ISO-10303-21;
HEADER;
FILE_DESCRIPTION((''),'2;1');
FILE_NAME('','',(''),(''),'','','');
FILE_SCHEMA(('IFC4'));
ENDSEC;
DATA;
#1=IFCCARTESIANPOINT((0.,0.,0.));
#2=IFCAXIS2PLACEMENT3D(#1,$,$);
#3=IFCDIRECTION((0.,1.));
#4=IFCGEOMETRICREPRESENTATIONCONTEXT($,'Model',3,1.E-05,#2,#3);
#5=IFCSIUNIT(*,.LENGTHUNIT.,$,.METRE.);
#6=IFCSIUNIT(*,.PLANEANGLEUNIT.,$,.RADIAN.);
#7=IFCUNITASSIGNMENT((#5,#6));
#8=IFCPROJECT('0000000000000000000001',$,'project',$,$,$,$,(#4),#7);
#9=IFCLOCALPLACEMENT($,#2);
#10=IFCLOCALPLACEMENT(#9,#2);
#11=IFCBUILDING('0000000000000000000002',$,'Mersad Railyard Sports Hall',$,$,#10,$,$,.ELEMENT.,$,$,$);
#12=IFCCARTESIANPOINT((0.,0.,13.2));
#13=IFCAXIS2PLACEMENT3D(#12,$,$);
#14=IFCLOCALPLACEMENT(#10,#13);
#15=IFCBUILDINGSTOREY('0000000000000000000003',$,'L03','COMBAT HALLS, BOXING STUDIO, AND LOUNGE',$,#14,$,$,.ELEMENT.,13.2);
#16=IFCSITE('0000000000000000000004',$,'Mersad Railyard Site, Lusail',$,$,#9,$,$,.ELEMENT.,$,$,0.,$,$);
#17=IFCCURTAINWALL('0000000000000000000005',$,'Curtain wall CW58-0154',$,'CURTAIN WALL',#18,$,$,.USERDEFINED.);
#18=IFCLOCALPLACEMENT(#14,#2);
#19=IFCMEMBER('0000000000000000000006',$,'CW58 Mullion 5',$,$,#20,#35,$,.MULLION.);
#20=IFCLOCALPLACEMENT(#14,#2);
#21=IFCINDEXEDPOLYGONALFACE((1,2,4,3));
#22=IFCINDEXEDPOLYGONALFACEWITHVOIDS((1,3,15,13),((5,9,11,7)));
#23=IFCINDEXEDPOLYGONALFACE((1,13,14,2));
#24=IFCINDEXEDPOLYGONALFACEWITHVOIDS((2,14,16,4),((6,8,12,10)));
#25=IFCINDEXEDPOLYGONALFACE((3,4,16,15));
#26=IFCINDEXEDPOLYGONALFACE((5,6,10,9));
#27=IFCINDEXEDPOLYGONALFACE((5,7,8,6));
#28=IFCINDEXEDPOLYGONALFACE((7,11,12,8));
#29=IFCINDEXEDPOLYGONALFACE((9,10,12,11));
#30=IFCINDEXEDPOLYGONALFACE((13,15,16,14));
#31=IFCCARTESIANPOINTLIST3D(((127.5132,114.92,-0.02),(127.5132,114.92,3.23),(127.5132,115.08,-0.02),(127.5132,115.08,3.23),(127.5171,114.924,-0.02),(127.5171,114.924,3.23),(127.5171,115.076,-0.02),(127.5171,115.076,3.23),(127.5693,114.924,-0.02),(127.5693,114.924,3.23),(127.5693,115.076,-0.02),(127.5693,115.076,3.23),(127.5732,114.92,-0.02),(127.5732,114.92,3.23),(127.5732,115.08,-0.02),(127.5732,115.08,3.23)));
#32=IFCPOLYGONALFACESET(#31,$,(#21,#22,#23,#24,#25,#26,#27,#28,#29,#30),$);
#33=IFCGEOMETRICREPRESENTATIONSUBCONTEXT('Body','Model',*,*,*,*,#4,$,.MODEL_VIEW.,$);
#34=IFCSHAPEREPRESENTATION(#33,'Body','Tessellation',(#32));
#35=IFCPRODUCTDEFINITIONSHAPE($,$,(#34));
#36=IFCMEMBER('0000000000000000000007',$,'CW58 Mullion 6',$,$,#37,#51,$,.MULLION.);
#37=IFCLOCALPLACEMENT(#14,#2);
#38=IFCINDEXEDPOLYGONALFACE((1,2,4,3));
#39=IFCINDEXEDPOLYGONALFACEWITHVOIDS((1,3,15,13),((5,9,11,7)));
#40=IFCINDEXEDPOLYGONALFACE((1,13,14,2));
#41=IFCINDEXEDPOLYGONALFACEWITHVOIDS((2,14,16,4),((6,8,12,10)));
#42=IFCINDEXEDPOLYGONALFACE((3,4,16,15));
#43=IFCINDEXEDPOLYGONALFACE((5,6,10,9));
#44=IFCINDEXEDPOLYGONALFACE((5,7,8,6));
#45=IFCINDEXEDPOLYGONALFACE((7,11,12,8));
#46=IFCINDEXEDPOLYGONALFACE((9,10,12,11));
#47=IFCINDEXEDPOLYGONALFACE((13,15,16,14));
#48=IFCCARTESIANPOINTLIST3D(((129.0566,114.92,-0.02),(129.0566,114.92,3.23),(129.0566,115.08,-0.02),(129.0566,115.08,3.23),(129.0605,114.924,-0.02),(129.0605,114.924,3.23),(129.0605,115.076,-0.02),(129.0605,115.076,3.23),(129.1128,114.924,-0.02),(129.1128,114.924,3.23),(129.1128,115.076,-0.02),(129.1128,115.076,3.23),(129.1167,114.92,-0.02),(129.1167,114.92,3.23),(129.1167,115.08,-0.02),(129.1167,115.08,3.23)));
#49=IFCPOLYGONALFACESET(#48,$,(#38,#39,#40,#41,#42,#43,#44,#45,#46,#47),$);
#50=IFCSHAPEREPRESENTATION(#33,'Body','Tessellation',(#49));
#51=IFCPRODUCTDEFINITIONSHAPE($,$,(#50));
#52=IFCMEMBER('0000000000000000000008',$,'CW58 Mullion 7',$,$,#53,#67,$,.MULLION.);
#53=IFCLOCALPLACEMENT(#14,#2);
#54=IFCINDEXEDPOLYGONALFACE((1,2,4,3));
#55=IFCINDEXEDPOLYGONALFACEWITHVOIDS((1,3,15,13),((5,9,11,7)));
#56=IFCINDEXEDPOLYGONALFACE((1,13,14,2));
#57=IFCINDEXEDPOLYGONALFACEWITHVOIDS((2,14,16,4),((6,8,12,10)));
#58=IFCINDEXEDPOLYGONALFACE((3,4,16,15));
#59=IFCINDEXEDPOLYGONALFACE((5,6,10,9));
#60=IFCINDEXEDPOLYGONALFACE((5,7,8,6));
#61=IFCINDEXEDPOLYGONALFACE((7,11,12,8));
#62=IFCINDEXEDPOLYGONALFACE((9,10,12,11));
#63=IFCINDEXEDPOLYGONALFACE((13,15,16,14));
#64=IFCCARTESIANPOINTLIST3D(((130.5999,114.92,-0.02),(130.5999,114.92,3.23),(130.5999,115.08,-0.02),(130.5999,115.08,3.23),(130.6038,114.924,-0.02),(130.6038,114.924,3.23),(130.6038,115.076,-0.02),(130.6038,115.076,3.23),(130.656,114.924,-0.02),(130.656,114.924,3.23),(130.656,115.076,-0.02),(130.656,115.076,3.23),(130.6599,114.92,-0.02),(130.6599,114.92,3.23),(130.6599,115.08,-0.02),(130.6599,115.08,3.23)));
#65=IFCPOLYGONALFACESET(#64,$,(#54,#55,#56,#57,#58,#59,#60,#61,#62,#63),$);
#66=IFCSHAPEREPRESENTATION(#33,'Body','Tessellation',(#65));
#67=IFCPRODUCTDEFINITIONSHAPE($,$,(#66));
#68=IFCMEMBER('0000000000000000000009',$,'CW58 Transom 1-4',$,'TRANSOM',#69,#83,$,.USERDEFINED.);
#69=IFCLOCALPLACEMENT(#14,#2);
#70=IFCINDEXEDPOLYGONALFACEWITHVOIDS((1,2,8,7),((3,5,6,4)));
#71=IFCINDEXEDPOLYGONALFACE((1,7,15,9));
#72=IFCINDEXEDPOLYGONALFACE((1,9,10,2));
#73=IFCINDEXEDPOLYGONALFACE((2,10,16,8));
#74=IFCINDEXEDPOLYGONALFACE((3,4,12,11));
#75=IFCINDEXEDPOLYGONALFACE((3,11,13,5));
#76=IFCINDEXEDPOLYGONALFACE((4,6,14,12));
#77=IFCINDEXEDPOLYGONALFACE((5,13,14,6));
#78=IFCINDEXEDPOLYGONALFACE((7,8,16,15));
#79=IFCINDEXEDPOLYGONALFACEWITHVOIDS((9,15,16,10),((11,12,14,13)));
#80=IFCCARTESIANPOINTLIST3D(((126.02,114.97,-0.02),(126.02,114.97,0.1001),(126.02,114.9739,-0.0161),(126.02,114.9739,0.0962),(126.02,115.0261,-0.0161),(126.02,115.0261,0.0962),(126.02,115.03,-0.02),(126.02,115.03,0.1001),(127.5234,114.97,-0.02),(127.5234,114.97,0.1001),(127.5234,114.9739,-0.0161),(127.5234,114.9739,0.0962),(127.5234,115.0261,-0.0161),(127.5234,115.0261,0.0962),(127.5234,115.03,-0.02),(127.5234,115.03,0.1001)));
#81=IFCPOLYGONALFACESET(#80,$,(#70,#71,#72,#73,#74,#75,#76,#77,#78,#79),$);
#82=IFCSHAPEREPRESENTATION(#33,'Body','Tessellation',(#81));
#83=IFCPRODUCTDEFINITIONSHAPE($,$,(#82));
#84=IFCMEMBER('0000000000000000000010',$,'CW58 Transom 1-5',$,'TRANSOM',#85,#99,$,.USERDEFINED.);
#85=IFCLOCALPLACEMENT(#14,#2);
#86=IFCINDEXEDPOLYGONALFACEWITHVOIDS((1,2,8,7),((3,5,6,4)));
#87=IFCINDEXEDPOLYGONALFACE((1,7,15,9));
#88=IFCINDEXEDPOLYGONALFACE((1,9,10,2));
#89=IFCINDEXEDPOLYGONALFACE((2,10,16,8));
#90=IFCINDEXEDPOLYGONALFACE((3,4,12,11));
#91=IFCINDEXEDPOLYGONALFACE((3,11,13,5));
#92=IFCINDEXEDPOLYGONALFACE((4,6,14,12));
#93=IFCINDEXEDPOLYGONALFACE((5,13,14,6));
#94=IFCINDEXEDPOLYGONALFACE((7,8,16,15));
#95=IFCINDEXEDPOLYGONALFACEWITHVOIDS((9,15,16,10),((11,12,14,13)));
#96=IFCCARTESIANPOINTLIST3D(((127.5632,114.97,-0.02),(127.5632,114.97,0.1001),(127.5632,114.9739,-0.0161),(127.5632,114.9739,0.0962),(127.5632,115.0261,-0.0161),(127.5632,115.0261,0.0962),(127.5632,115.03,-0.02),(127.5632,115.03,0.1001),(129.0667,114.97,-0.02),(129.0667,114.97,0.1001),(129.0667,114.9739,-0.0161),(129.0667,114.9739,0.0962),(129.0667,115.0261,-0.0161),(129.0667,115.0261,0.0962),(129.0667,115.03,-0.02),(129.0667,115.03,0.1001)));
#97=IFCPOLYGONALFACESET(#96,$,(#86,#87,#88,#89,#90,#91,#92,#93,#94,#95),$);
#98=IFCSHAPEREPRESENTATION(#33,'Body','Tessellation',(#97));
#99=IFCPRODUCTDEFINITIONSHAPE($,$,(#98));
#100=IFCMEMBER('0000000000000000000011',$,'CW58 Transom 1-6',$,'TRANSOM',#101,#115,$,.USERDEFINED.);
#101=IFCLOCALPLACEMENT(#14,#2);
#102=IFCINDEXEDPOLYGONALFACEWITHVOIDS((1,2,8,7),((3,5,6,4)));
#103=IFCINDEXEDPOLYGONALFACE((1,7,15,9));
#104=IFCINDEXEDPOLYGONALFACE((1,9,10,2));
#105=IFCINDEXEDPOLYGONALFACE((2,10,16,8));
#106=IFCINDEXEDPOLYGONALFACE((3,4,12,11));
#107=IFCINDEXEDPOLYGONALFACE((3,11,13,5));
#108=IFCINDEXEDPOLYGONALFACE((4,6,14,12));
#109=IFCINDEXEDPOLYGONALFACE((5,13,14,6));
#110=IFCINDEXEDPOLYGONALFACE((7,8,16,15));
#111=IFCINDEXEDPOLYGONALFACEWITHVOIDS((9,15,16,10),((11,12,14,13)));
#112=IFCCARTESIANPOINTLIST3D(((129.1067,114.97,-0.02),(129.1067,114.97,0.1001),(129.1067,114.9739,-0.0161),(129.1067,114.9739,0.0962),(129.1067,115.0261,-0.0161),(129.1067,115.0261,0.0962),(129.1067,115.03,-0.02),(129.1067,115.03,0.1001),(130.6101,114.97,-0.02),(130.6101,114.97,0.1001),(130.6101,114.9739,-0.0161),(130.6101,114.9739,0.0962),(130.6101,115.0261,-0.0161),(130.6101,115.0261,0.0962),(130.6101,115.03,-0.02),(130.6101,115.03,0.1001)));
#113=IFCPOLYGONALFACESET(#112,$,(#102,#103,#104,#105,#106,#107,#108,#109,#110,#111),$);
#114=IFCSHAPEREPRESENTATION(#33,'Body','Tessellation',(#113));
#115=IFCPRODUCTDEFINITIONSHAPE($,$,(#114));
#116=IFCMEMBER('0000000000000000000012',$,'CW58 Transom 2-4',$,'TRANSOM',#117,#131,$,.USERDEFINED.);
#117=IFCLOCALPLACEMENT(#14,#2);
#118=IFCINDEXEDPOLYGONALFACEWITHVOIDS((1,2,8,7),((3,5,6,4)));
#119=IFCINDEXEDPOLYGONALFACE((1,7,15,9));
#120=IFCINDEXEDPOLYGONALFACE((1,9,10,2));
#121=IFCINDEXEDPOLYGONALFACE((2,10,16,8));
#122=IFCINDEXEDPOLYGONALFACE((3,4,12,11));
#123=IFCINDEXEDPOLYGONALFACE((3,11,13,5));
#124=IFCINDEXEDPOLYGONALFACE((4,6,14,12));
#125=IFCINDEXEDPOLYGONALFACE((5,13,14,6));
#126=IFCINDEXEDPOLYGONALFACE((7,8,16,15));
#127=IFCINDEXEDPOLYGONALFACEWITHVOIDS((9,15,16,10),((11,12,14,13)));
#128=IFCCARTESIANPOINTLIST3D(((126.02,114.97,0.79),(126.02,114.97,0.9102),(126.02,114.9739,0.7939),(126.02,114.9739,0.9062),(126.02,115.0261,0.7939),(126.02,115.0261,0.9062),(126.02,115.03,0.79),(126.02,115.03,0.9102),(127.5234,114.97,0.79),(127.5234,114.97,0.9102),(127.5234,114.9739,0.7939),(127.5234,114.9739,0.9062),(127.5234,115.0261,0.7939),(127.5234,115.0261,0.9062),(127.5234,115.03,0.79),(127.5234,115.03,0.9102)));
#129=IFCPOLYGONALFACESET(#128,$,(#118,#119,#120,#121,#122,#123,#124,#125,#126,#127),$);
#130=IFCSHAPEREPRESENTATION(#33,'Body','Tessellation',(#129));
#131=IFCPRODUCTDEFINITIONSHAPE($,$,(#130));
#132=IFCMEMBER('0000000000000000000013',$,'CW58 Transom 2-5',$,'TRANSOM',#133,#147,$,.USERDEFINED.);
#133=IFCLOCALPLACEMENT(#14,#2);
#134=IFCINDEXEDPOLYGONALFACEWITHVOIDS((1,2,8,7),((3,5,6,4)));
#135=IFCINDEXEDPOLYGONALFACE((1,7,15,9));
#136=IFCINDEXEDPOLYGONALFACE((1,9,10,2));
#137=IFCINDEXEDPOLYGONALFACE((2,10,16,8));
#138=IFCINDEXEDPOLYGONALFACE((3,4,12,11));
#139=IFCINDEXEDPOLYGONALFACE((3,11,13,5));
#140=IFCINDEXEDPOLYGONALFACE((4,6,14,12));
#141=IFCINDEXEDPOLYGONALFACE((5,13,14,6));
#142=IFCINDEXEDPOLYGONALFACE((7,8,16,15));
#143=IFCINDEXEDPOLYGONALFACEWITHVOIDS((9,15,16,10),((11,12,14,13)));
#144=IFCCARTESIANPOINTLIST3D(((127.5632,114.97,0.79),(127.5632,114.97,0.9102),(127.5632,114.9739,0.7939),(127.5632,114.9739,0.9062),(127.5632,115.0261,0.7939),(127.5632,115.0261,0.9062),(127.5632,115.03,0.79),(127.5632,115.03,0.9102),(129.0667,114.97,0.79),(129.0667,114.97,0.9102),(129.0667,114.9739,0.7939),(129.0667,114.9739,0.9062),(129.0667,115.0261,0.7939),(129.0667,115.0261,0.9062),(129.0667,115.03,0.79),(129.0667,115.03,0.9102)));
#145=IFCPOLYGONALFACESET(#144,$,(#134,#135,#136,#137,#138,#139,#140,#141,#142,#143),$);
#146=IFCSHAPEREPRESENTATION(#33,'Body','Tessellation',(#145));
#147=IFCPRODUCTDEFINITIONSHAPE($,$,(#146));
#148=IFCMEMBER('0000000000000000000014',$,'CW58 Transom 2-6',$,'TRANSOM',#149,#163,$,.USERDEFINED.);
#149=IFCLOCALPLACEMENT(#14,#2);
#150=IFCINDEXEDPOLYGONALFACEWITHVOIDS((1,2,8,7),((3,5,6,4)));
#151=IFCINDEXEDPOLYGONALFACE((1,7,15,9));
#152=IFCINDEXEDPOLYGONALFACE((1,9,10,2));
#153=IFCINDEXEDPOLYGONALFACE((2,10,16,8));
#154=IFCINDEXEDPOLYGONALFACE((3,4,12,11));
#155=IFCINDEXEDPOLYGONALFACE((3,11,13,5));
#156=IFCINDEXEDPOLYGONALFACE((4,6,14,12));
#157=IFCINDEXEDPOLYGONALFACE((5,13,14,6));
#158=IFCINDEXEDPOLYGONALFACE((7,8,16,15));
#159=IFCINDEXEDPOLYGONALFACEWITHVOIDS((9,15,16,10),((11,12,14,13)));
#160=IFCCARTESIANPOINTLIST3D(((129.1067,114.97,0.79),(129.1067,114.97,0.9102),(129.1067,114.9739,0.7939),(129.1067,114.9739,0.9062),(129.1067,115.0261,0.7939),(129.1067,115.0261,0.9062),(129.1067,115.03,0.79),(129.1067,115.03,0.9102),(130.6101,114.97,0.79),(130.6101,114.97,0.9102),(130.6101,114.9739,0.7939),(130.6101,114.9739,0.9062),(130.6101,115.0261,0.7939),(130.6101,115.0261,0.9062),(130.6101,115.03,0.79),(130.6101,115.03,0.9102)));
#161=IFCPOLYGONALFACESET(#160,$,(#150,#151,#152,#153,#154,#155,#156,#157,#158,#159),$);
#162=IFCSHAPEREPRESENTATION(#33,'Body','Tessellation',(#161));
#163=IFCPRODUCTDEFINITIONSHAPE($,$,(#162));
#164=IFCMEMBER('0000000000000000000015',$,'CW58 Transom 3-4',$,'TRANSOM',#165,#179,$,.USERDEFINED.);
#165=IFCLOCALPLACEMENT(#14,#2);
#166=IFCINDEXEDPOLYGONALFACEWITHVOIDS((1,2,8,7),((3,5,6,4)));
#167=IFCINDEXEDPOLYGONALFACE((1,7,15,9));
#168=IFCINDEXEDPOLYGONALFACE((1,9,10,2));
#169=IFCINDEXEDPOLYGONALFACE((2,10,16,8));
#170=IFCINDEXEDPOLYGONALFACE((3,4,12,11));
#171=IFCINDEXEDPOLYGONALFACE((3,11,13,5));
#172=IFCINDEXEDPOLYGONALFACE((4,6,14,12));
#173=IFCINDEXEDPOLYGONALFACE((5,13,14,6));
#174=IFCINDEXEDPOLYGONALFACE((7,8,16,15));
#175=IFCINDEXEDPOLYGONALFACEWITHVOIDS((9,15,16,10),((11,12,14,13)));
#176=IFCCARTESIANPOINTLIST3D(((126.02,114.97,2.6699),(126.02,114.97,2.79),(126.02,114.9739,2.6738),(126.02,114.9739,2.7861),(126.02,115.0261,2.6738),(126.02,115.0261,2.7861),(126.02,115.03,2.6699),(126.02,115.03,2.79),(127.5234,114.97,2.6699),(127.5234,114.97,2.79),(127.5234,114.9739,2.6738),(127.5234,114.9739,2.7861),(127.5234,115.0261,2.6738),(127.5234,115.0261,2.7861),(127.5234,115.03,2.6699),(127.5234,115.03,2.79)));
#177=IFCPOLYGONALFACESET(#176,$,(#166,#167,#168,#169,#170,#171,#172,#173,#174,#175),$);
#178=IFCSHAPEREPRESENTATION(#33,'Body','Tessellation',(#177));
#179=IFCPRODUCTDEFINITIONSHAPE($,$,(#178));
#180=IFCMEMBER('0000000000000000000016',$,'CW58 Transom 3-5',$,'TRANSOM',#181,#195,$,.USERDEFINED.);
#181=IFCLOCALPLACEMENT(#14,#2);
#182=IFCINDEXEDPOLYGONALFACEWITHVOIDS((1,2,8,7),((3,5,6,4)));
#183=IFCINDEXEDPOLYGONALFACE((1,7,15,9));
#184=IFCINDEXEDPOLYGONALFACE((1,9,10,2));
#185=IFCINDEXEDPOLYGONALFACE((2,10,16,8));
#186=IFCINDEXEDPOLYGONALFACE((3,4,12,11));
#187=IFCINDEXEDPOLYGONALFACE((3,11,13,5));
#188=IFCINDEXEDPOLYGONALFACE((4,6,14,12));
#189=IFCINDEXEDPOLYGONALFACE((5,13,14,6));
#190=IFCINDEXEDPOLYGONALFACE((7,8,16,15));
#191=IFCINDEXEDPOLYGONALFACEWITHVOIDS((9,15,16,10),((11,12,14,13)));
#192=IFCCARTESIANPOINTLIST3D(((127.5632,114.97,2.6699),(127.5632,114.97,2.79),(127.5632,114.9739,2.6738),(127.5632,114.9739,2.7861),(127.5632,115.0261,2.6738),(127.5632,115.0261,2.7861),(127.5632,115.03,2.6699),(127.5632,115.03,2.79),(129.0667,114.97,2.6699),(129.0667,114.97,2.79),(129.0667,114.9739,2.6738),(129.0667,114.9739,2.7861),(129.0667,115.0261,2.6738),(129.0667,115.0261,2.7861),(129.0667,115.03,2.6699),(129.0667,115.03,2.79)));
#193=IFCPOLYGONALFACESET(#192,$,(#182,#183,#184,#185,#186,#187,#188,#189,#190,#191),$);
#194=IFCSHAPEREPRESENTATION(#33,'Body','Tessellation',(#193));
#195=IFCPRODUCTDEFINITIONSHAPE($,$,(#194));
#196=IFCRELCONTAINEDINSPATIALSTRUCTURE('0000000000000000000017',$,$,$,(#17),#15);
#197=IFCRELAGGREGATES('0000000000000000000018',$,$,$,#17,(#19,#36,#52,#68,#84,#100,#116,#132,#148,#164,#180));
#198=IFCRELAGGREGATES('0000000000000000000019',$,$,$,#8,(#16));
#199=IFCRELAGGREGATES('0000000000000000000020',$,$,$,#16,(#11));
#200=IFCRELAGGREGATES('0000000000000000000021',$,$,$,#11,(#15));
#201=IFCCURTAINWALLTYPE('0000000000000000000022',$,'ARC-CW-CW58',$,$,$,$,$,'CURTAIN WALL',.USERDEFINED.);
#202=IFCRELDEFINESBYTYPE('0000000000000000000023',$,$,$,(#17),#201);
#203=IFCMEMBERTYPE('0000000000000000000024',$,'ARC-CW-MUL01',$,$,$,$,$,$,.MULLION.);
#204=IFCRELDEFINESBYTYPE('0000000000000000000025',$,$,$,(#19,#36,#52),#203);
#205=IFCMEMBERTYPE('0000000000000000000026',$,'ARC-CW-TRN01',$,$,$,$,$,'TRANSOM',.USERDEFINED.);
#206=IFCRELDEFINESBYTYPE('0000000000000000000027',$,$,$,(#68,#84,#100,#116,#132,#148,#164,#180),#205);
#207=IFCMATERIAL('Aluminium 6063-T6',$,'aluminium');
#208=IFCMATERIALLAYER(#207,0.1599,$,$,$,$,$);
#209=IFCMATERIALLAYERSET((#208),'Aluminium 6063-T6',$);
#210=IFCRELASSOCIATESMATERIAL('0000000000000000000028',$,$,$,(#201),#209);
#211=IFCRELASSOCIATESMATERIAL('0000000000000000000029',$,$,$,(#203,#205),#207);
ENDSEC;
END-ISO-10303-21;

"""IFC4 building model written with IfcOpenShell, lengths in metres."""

from ifc_helpers import new_model, si_unit, direction, frame, origin, origin_2d, place, context, subcontext, project, spatial, hollow_rectangle, extrude, material, layer, layer_set, material_profile, profile_set, type_object, element, aggregate, save


model = new_model("IFC4")

# Units and contexts
model_context = context("Model", 3, precision=1e-05, world=origin(), true_north=direction((0.0, 1.0)))
body_context = subcontext(model_context, "Body", "Model", "MODEL_VIEW")
ifc_project = project(units=[si_unit("LENGTHUNIT", "METRE"), si_unit("PLANEANGLEUNIT", "RADIAN")], contexts=[model_context])

# Site, building, storey
site_placement = place(None, origin())
site = spatial("IfcSite", under=ifc_project, at=site_placement, Name="Mersad Railyard Site, Lusail", CompositionType="ELEMENT", RefElevation=0.0)
building_placement = place(site_placement, origin())
building = spatial("IfcBuilding", under=site, at=building_placement, Name="Mersad Railyard Sports Hall", CompositionType="ELEMENT")
storey_placement = place(building_placement, frame((0.0, 0.0, 13.2)))
storey = spatial("IfcBuildingStorey", under=building, at=storey_placement, Name="L03", Description="COMBAT HALLS, BOXING STUDIO, AND LOUNGE", CompositionType="ELEMENT", Elevation=13.2)

# Curtain wall, members
ifc_material_1 = material(Name="Aluminium 6063-T6", Category="aluminium")
ifc_layer_1 = layer(ifc_material_1, 0.1599)
ifc_layer_set_1 = layer_set([ifc_layer_1], Name="Aluminium 6063-T6")
curtain_wall_type = type_object("IfcCurtainWallType", Name="ARC-CW-CW58", ElementType="CURTAIN WALL", PredefinedType="USERDEFINED", material=ifc_layer_set_1)
curtain_wall_placement = place(storey_placement, origin())
curtain_wall = element("IfcCurtainWall", 1, at=curtain_wall_placement, inside=storey, type_object=curtain_wall_type, Name="Curtain wall CW58-0154", ObjectType="CURTAIN WALL", PredefinedType="USERDEFINED")
ifc_material_profile_1 = material_profile(ifc_material_1, hollow_rectangle(XDim=0.0601, YDim=0.1599, WallThickness=0.0039, at=origin_2d()), Name="AL MULLION 60x160x4")
ifc_profile_set_1 = profile_set([ifc_material_profile_1], Name="Aluminium 6063-T6")
member_type_1 = type_object("IfcMemberType", Name="ARC-CW-MUL01", PredefinedType="MULLION", material=ifc_profile_set_1)
member_1_placement = place(storey_placement, frame((127.5432, 115.0, -0.02), z_axis=(0.0, 0.0, 1.0), x_axis=(1.0, 0.0, 0.0)))
member_1 = element("IfcMember", 2, at=member_1_placement, type_object=member_type_1, Name="CW58 Mullion 5", PredefinedType="MULLION", context=body_context, shape_type="SweptSolid", body=[
    extrude(hollow_rectangle(XDim=0.0601, YDim=0.1599, WallThickness=0.0039, at=origin_2d()), origin(), (0.0, 0.0, 1.0), 3.25),
])
member_2_placement = place(storey_placement, frame((129.0867, 115.0, -0.02), z_axis=(0.0, 0.0, 1.0), x_axis=(1.0, 0.0, 0.0)))
member_2 = element("IfcMember", 3, at=member_2_placement, type_object=member_type_1, Name="CW58 Mullion 6", PredefinedType="MULLION", context=body_context, shape_type="SweptSolid", body=[
    extrude(hollow_rectangle(XDim=0.0601, YDim=0.1599, WallThickness=0.0039, at=origin_2d()), origin(), (0.0, 0.0, 1.0), 3.25),
])
member_3_placement = place(storey_placement, frame((130.6299, 115.0, -0.02), z_axis=(0.0, 0.0, 1.0), x_axis=(1.0, 0.0, 0.0)))
member_3 = element("IfcMember", 4, at=member_3_placement, type_object=member_type_1, Name="CW58 Mullion 7", PredefinedType="MULLION", context=body_context, shape_type="SweptSolid", body=[
    extrude(hollow_rectangle(XDim=0.0601, YDim=0.1599, WallThickness=0.0039, at=origin_2d()), origin(), (0.0, 0.0, 1.0), 3.25),
])
ifc_material_profile_2 = material_profile(ifc_material_1, hollow_rectangle(XDim=0.0601, YDim=0.1201, WallThickness=0.0039, at=origin_2d()), Name="AL TRANSOM 60x120x4")
ifc_profile_set_2 = profile_set([ifc_material_profile_2], Name="Aluminium 6063-T6")
member_type_2 = type_object("IfcMemberType", Name="ARC-CW-TRN01", ElementType="TRANSOM", PredefinedType="USERDEFINED", material=ifc_profile_set_2)
member_4_placement = place(storey_placement, frame((126.02, 115.0, 0.04), z_axis=(1.0, 0.0, 0.0), x_axis=(0.0, 1.0, 0.0)))
member_4 = element("IfcMember", 5, at=member_4_placement, type_object=member_type_2, Name="CW58 Transom 1-4", ObjectType="TRANSOM", PredefinedType="USERDEFINED", context=body_context, shape_type="SweptSolid", body=[
    extrude(hollow_rectangle(XDim=0.0601, YDim=0.1201, WallThickness=0.0039, at=origin_2d()), origin(), (0.0, 0.0, 1.0), 1.5034),
])
member_5_placement = place(storey_placement, frame((127.5632, 115.0, 0.04), z_axis=(1.0, 0.0, 0.0), x_axis=(0.0, 1.0, 0.0)))
member_5 = element("IfcMember", 6, at=member_5_placement, type_object=member_type_2, Name="CW58 Transom 1-5", ObjectType="TRANSOM", PredefinedType="USERDEFINED", context=body_context, shape_type="SweptSolid", body=[
    extrude(hollow_rectangle(XDim=0.0601, YDim=0.1201, WallThickness=0.0039, at=origin_2d()), origin(), (0.0, 0.0, 1.0), 1.5034),
])
member_6_placement = place(storey_placement, frame((129.1067, 115.0, 0.04), z_axis=(1.0, 0.0, 0.0), x_axis=(0.0, 1.0, 0.0)))
member_6 = element("IfcMember", 7, at=member_6_placement, type_object=member_type_2, Name="CW58 Transom 1-6", ObjectType="TRANSOM", PredefinedType="USERDEFINED", context=body_context, shape_type="SweptSolid", body=[
    extrude(hollow_rectangle(XDim=0.0601, YDim=0.1201, WallThickness=0.0039, at=origin_2d()), origin(), (0.0, 0.0, 1.0), 1.5034),
])
member_7_placement = place(storey_placement, frame((126.02, 115.0, 0.8501), z_axis=(1.0, 0.0, 0.0), x_axis=(0.0, 1.0, 0.0)))
member_7 = element("IfcMember", 8, at=member_7_placement, type_object=member_type_2, Name="CW58 Transom 2-4", ObjectType="TRANSOM", PredefinedType="USERDEFINED", context=body_context, shape_type="SweptSolid", body=[
    extrude(hollow_rectangle(XDim=0.0601, YDim=0.1201, WallThickness=0.0039, at=origin_2d()), origin(), (0.0, 0.0, 1.0), 1.5034),
])
member_8_placement = place(storey_placement, frame((127.5632, 115.0, 0.8501), z_axis=(1.0, 0.0, 0.0), x_axis=(0.0, 1.0, 0.0)))
member_8 = element("IfcMember", 9, at=member_8_placement, type_object=member_type_2, Name="CW58 Transom 2-5", ObjectType="TRANSOM", PredefinedType="USERDEFINED", context=body_context, shape_type="SweptSolid", body=[
    extrude(hollow_rectangle(XDim=0.0601, YDim=0.1201, WallThickness=0.0039, at=origin_2d()), origin(), (0.0, 0.0, 1.0), 1.5034),
])
member_9_placement = place(storey_placement, frame((129.1067, 115.0, 0.8501), z_axis=(1.0, 0.0, 0.0), x_axis=(0.0, 1.0, 0.0)))
member_9 = element("IfcMember", 10, at=member_9_placement, type_object=member_type_2, Name="CW58 Transom 2-6", ObjectType="TRANSOM", PredefinedType="USERDEFINED", context=body_context, shape_type="SweptSolid", body=[
    extrude(hollow_rectangle(XDim=0.0601, YDim=0.1201, WallThickness=0.0039, at=origin_2d()), origin(), (0.0, 0.0, 1.0), 1.5034),
])
member_10_placement = place(storey_placement, frame((126.02, 115.0, 2.73), z_axis=(1.0, 0.0, 0.0), x_axis=(0.0, 1.0, 0.0)))
member_10 = element("IfcMember", 11, at=member_10_placement, type_object=member_type_2, Name="CW58 Transom 3-4", ObjectType="TRANSOM", PredefinedType="USERDEFINED", context=body_context, shape_type="SweptSolid", body=[
    extrude(hollow_rectangle(XDim=0.0601, YDim=0.1201, WallThickness=0.0039, at=origin_2d()), origin(), (0.0, 0.0, 1.0), 1.5034),
])
member_11_placement = place(storey_placement, frame((127.5632, 115.0, 2.73), z_axis=(1.0, 0.0, 0.0), x_axis=(0.0, 1.0, 0.0)))
member_11 = element("IfcMember", 12, at=member_11_placement, type_object=member_type_2, Name="CW58 Transom 3-5", ObjectType="TRANSOM", PredefinedType="USERDEFINED", context=body_context, shape_type="SweptSolid", body=[
    extrude(hollow_rectangle(XDim=0.0601, YDim=0.1201, WallThickness=0.0039, at=origin_2d()), origin(), (0.0, 0.0, 1.0), 1.5034),
])
aggregate(curtain_wall, [member_1, member_2, member_3, member_4, member_5, member_6, member_7, member_8, member_9, member_10, member_11])

save(model, "model.ifc")
